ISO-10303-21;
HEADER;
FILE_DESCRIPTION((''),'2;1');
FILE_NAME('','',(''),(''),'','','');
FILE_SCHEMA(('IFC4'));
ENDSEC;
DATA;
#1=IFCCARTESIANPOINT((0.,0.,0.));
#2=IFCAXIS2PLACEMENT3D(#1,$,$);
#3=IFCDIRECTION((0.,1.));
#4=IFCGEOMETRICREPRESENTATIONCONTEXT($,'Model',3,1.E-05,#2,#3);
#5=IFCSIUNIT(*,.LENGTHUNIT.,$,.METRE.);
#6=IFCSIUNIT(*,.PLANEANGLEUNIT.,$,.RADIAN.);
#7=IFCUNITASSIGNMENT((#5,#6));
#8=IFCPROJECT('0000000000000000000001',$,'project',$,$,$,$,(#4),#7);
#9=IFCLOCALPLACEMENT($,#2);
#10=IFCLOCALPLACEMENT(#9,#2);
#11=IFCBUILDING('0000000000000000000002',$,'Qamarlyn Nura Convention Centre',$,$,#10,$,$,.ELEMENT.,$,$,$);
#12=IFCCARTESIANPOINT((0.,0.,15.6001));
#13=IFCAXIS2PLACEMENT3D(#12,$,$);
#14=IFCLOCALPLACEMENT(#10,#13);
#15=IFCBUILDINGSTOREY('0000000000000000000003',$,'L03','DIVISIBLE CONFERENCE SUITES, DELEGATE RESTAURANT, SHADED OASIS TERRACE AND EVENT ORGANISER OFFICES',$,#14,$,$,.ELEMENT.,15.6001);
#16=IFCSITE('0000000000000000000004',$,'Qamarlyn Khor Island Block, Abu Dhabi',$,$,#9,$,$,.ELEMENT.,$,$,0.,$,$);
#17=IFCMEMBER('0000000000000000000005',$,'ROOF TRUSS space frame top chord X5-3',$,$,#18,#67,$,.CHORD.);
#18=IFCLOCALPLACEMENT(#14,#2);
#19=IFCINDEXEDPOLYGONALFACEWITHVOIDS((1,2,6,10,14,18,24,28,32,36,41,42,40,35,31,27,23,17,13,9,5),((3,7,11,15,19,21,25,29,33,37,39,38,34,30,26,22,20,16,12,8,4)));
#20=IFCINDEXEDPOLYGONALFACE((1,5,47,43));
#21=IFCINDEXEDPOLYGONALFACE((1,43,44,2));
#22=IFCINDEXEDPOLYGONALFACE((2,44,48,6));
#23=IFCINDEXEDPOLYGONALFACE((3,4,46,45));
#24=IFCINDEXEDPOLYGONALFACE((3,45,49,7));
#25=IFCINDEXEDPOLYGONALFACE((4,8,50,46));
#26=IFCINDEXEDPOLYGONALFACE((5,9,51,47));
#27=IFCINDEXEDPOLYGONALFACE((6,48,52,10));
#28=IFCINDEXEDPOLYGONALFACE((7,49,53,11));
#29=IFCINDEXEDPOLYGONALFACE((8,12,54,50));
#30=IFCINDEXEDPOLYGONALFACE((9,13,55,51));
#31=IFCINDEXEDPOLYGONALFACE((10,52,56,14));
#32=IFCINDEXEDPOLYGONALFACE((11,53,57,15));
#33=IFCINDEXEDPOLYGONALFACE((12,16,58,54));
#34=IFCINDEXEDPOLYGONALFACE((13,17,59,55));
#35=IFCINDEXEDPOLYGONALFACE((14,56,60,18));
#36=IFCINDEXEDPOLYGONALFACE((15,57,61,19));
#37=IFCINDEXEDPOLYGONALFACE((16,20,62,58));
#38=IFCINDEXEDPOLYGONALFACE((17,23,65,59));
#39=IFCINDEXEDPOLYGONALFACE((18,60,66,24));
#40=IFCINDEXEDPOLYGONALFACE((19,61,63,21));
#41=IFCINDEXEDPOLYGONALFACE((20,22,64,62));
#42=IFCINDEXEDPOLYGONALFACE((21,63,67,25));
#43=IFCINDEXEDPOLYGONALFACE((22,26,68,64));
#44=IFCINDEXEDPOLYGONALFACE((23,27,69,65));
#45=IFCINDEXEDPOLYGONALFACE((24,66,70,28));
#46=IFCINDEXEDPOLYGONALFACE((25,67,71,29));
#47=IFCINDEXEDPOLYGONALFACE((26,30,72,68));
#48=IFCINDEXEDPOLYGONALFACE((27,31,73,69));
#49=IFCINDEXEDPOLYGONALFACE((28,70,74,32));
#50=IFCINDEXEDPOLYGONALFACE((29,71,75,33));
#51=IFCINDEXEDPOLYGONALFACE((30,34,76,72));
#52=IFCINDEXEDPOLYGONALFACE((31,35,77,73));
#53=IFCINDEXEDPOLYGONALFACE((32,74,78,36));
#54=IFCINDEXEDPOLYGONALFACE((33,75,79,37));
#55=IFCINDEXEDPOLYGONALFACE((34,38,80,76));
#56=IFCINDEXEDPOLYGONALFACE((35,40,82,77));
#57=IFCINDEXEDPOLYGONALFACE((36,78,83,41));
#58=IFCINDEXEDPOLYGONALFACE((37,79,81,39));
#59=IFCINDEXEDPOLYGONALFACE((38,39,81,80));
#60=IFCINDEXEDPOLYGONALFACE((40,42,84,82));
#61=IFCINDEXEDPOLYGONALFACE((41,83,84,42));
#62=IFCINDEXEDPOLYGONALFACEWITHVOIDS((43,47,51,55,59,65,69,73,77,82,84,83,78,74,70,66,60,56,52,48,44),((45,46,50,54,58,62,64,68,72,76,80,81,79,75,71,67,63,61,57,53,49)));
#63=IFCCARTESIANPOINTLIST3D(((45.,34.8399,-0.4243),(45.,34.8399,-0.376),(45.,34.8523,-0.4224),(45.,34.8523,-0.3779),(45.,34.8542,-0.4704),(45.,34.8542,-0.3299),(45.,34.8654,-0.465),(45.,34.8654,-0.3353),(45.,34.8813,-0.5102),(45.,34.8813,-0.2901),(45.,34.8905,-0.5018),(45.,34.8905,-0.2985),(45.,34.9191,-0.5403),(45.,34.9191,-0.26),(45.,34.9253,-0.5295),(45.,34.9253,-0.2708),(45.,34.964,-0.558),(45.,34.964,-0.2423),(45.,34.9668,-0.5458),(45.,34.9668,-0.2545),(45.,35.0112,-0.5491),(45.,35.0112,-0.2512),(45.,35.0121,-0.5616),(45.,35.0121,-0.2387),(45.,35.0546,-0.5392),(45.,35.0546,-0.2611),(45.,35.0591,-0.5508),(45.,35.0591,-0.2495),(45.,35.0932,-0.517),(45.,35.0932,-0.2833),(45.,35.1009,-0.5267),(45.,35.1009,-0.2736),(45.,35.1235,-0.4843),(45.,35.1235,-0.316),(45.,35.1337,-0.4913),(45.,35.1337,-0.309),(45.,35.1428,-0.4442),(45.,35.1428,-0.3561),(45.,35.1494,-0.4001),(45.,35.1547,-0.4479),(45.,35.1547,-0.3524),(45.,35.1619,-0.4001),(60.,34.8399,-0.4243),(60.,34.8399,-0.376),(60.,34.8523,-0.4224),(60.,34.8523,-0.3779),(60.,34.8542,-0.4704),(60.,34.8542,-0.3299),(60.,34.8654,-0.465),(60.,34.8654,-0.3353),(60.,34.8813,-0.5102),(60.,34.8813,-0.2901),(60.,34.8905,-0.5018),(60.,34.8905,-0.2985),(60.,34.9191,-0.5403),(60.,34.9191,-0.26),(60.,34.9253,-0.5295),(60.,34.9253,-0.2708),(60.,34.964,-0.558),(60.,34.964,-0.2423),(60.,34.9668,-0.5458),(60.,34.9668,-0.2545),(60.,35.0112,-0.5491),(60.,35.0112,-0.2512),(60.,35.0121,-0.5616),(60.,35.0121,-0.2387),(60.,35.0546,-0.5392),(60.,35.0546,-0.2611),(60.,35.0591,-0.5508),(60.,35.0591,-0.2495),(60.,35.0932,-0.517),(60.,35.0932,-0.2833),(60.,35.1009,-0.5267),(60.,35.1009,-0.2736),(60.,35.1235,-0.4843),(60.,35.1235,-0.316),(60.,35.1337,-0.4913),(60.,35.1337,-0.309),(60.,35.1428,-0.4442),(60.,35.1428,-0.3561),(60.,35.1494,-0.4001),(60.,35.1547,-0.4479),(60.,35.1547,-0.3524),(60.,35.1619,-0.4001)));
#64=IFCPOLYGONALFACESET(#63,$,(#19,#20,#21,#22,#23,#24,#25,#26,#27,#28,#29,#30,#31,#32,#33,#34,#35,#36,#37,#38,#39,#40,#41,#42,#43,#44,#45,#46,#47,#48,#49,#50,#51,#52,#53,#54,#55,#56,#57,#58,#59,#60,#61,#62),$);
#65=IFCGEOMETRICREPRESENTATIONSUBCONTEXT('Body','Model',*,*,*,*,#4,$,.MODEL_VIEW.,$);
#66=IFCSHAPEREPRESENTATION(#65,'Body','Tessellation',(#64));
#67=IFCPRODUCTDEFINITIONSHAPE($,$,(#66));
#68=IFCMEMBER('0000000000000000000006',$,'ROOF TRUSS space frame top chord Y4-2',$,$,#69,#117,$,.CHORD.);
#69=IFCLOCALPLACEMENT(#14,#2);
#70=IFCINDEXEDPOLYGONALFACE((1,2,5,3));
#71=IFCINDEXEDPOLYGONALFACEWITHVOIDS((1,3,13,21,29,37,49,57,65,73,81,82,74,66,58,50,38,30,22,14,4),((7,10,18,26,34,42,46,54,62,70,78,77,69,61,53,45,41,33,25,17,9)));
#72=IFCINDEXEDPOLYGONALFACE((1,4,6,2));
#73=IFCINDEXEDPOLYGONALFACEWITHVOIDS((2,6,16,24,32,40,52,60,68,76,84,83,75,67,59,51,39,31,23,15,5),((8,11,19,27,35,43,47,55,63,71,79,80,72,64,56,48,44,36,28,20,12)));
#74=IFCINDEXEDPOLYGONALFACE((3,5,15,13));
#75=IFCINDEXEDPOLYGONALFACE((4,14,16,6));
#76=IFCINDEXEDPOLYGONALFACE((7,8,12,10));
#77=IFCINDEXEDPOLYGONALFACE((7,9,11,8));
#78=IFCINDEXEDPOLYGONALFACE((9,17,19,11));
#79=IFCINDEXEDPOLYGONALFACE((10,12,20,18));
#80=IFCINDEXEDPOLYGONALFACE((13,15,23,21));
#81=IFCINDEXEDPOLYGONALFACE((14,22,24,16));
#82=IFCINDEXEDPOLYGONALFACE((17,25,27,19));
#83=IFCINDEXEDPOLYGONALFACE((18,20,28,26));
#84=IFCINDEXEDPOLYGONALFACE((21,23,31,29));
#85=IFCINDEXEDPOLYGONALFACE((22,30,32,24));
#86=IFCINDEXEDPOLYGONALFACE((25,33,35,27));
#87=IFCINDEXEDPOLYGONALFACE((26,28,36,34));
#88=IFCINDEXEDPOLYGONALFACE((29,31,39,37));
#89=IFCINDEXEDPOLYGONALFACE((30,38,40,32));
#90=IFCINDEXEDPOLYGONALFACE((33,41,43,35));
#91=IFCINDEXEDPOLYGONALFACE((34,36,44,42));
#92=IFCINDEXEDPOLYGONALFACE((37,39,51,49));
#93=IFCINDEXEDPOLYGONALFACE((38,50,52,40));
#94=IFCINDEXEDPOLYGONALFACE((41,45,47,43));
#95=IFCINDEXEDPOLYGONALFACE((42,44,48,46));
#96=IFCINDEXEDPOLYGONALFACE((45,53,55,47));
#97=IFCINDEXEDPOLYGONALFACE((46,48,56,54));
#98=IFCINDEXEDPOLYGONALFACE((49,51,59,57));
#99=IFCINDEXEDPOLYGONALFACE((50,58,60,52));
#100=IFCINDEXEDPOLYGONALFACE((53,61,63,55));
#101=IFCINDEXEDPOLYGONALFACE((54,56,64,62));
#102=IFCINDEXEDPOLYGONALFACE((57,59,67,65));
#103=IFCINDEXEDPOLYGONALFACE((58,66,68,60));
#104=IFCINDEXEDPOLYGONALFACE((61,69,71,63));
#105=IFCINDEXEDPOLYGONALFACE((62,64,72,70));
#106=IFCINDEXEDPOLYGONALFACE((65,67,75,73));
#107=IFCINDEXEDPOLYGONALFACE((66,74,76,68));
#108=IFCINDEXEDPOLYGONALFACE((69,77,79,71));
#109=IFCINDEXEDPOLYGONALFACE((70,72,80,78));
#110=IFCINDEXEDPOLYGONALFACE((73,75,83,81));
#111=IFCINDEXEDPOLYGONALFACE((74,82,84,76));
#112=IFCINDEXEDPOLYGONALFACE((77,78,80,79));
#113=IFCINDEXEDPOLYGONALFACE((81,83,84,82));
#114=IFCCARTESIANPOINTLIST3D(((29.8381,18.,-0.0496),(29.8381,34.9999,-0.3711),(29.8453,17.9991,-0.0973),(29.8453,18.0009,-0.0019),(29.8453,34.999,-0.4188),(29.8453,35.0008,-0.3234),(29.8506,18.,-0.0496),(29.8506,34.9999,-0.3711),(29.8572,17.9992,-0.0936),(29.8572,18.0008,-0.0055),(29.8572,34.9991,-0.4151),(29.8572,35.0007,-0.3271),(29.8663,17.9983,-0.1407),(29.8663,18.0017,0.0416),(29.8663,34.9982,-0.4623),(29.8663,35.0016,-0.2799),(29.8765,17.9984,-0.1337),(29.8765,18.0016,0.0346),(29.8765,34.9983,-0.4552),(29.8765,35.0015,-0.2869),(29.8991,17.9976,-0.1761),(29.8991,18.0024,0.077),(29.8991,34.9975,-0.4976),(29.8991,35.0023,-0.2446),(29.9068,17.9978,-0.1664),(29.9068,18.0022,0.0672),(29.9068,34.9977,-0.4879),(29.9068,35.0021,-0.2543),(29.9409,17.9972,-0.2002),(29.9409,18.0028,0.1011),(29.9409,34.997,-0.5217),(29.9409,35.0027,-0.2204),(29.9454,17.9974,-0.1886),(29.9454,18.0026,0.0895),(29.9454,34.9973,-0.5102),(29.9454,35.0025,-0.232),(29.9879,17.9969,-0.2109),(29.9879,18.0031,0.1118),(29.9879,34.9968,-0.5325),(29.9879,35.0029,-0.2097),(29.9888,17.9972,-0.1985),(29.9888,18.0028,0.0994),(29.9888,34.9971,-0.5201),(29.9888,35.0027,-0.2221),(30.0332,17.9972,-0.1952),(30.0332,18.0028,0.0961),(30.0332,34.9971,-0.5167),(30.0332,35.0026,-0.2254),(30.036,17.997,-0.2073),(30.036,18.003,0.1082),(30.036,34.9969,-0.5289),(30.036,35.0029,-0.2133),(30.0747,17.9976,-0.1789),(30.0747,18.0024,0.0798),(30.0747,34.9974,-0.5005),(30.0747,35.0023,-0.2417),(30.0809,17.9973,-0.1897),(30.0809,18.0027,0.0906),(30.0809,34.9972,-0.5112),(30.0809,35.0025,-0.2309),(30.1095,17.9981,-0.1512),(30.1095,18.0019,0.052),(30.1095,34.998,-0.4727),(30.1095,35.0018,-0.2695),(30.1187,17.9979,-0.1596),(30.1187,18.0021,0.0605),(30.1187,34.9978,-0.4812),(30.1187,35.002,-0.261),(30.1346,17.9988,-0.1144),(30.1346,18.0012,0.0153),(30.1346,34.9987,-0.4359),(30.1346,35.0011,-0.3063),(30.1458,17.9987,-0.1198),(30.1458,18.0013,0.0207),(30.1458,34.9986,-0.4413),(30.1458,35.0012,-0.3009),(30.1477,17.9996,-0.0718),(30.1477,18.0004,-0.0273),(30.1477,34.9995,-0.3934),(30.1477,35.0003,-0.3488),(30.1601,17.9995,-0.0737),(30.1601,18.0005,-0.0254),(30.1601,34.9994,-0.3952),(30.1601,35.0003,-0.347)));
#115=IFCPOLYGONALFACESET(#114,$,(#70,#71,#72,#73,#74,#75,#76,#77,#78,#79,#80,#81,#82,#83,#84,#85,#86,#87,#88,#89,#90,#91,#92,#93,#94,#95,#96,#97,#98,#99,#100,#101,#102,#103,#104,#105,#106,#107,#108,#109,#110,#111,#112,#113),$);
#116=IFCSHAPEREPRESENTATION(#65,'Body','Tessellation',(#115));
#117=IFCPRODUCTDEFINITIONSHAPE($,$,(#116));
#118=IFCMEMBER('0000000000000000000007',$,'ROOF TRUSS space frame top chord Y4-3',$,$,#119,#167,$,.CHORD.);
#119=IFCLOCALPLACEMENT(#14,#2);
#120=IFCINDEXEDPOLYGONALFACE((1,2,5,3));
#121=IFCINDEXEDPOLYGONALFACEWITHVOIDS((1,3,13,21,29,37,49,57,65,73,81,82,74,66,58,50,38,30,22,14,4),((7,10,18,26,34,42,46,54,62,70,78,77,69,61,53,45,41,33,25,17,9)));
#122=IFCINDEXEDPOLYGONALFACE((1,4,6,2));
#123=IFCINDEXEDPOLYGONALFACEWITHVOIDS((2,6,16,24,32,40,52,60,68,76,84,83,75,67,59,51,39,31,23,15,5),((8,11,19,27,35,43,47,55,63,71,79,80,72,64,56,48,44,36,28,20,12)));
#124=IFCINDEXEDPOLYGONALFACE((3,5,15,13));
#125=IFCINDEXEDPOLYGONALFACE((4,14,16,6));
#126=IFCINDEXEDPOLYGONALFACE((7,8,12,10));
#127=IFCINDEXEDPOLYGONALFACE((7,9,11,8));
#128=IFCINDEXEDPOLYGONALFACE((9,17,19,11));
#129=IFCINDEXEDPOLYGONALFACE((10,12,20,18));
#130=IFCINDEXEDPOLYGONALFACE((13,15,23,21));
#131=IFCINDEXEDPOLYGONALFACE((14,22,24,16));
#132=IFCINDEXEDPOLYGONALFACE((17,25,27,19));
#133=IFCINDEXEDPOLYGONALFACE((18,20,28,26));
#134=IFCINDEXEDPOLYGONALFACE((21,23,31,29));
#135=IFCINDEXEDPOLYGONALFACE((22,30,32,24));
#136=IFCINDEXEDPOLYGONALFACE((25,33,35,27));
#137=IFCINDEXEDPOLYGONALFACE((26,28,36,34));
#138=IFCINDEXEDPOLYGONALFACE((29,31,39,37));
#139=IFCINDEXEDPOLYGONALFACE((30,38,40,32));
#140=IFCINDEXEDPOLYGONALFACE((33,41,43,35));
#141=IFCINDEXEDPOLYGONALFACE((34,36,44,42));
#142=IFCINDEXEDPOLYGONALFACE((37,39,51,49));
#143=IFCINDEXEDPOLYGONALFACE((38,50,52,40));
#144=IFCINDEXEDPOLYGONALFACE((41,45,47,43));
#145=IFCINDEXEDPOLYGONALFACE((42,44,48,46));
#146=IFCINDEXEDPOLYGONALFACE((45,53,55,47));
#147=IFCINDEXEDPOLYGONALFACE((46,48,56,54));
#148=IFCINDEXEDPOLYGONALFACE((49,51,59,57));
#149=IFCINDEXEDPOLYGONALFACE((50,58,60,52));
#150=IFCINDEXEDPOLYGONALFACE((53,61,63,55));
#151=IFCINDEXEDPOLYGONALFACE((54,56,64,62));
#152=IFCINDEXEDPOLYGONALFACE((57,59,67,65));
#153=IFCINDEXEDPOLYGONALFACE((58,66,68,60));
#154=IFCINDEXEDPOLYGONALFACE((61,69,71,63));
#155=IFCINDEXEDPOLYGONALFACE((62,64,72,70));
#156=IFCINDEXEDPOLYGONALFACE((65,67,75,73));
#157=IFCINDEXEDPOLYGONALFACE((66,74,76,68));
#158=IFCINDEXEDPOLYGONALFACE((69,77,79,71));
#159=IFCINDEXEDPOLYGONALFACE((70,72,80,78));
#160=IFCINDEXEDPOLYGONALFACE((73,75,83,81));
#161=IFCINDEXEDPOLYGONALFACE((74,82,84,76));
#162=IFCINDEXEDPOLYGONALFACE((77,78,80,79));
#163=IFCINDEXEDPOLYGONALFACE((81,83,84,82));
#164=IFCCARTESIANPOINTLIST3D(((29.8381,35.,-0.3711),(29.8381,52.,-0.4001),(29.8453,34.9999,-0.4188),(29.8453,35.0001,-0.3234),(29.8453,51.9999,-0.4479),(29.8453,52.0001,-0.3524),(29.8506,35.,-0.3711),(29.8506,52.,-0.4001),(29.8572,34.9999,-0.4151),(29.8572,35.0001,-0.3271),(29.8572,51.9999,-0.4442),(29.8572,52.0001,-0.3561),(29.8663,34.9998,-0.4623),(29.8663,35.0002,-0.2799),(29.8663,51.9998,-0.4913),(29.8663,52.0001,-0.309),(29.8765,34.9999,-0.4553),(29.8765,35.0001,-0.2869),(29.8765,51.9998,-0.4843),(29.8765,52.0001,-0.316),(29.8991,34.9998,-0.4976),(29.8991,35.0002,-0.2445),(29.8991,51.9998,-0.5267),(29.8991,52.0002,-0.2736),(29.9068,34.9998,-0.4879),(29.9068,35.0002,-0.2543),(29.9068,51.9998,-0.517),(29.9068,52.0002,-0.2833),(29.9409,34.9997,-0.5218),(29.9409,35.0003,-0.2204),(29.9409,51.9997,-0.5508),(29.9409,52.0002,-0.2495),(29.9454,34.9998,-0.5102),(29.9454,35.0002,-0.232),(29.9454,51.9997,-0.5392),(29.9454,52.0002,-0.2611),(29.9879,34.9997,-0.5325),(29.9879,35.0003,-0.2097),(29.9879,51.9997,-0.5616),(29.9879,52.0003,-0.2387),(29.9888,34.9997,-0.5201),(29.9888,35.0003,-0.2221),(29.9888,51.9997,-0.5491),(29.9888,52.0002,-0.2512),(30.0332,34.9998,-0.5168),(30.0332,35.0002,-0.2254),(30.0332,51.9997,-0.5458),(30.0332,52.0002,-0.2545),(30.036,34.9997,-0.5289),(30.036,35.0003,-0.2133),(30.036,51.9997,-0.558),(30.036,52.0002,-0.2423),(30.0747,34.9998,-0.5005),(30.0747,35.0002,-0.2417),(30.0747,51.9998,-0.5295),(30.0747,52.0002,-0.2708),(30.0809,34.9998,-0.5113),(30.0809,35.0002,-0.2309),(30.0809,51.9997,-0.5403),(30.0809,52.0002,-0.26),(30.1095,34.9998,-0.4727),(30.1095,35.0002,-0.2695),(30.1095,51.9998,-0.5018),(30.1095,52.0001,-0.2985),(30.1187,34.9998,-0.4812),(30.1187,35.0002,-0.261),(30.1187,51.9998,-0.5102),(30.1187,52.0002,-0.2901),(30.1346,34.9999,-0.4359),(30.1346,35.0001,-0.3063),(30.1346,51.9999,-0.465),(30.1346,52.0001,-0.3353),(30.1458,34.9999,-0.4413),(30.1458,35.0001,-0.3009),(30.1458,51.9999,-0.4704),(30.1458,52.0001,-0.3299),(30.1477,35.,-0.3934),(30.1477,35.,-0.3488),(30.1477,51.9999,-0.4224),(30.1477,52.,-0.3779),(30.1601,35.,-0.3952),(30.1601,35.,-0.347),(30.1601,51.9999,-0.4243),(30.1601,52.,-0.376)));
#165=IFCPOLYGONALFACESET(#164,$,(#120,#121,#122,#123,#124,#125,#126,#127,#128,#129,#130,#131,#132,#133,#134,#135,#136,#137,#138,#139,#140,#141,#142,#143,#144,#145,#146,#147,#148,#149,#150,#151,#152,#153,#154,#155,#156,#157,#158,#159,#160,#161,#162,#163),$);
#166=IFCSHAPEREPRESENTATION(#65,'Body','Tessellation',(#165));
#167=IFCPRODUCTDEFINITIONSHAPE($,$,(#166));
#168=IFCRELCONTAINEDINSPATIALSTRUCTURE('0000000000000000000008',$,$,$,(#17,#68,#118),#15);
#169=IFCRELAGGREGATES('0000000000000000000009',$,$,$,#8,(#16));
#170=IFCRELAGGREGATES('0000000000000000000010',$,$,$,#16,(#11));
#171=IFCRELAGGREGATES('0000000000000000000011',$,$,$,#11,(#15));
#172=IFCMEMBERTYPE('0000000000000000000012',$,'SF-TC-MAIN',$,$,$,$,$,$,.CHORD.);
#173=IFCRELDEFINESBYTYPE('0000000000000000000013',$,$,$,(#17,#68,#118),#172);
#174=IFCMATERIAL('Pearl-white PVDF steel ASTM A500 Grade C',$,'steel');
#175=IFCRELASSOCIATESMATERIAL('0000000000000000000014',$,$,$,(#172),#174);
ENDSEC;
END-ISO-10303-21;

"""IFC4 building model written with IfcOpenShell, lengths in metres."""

from ifc_helpers import new_model, si_unit, direction, frame, origin, origin_2d, place, context, subcontext, project, spatial, hollow_circle, extrude, material, material_profile, profile_set, type_object, element, save


model = new_model("IFC4")

# Units and contexts
model_context = context("Model", 3, precision=1e-05, world=origin(), true_north=direction((0.0, 1.0)))
body_context = subcontext(model_context, "Body", "Model", "MODEL_VIEW")
ifc_project = project(units=[si_unit("LENGTHUNIT", "METRE"), si_unit("PLANEANGLEUNIT", "RADIAN")], contexts=[model_context])

# Site, building, storey
site_placement = place(None, origin())
site = spatial("IfcSite", under=ifc_project, at=site_placement, Name="Qamarlyn Khor Island Block, Abu Dhabi", CompositionType="ELEMENT", RefElevation=0.0)
building_placement = place(site_placement, origin())
building = spatial("IfcBuilding", under=site, at=building_placement, Name="Qamarlyn Nura Convention Centre", CompositionType="ELEMENT")
storey_placement = place(building_placement, frame((0.0, 0.0, 15.6001)))
storey = spatial("IfcBuildingStorey", under=building, at=storey_placement, Name="L03", Description="DIVISIBLE CONFERENCE SUITES, DELEGATE RESTAURANT, SHADED OASIS TERRACE AND EVENT ORGANISER OFFICES", CompositionType="ELEMENT", Elevation=15.6001)

# Members
ifc_material_1 = material(Name="Pearl-white PVDF steel ASTM A500 Grade C", Category="steel")
ifc_material_profile_1 = material_profile(ifc_material_1, hollow_circle(Radius=0.1619, WallThickness=0.0125, at=origin_2d()), Name="CHS323.9X12.5")
ifc_profile_set_1 = profile_set([ifc_material_profile_1], Name="Pearl-white PVDF steel ASTM A500 Grade C")
member_type_1 = type_object("IfcMemberType", Name="SF-TC-MAIN", PredefinedType="CHORD", material=ifc_profile_set_1)
for number, where, z_axis, x_axis, name in (
    (1, (45.0, 35.0, -0.4001), (1.0, 0.0, 0.0), (0.0, 1.0, 0.0), "ROOF TRUSS space frame top chord X5-3"),
):
    element("IfcMember", number, at=place(storey_placement, frame(where, z_axis=z_axis, x_axis=x_axis)), inside=storey, type_object=member_type_1, Name=name, PredefinedType="CHORD", context=body_context, shape_type="SweptSolid", body=[
        extrude(hollow_circle(Radius=0.1619, WallThickness=0.0125, at=origin_2d()), origin(), (0.0, 0.0, 1.0), 15.0),
    ])
member_1_placement = place(storey_placement, frame((30.0, 18.0, -0.0496), z_axis=(0.0, 0.999821, -0.01891), x_axis=(-1.0, 0.0, 0.0)))
element("IfcMember", 2, at=member_1_placement, inside=storey, type_object=member_type_1, Name="ROOF TRUSS space frame top chord Y4-2", PredefinedType="CHORD", context=body_context, shape_type="SweptSolid", body=[
    extrude(hollow_circle(Radius=0.1619, WallThickness=0.0125, at=origin_2d()), origin(), (0.0, 0.0, 1.0), 17.0029),
])
for number, where, z_axis, x_axis, name in (
    (3, (30.0, 35.0, -0.3711), (0.0, 0.999999, -0.001709), (-1.0, 0.0, 0.0), "ROOF TRUSS space frame top chord Y4-3"),
):
    element("IfcMember", number, at=place(storey_placement, frame(where, z_axis=z_axis, x_axis=x_axis)), inside=storey, type_object=member_type_1, Name=name, PredefinedType="CHORD", context=body_context, shape_type="SweptSolid", body=[
        extrude(hollow_circle(Radius=0.1619, WallThickness=0.0125, at=origin_2d()), origin(), (0.0, 0.0, 1.0), 17.0),
    ])

save(model, "model.ifc")
